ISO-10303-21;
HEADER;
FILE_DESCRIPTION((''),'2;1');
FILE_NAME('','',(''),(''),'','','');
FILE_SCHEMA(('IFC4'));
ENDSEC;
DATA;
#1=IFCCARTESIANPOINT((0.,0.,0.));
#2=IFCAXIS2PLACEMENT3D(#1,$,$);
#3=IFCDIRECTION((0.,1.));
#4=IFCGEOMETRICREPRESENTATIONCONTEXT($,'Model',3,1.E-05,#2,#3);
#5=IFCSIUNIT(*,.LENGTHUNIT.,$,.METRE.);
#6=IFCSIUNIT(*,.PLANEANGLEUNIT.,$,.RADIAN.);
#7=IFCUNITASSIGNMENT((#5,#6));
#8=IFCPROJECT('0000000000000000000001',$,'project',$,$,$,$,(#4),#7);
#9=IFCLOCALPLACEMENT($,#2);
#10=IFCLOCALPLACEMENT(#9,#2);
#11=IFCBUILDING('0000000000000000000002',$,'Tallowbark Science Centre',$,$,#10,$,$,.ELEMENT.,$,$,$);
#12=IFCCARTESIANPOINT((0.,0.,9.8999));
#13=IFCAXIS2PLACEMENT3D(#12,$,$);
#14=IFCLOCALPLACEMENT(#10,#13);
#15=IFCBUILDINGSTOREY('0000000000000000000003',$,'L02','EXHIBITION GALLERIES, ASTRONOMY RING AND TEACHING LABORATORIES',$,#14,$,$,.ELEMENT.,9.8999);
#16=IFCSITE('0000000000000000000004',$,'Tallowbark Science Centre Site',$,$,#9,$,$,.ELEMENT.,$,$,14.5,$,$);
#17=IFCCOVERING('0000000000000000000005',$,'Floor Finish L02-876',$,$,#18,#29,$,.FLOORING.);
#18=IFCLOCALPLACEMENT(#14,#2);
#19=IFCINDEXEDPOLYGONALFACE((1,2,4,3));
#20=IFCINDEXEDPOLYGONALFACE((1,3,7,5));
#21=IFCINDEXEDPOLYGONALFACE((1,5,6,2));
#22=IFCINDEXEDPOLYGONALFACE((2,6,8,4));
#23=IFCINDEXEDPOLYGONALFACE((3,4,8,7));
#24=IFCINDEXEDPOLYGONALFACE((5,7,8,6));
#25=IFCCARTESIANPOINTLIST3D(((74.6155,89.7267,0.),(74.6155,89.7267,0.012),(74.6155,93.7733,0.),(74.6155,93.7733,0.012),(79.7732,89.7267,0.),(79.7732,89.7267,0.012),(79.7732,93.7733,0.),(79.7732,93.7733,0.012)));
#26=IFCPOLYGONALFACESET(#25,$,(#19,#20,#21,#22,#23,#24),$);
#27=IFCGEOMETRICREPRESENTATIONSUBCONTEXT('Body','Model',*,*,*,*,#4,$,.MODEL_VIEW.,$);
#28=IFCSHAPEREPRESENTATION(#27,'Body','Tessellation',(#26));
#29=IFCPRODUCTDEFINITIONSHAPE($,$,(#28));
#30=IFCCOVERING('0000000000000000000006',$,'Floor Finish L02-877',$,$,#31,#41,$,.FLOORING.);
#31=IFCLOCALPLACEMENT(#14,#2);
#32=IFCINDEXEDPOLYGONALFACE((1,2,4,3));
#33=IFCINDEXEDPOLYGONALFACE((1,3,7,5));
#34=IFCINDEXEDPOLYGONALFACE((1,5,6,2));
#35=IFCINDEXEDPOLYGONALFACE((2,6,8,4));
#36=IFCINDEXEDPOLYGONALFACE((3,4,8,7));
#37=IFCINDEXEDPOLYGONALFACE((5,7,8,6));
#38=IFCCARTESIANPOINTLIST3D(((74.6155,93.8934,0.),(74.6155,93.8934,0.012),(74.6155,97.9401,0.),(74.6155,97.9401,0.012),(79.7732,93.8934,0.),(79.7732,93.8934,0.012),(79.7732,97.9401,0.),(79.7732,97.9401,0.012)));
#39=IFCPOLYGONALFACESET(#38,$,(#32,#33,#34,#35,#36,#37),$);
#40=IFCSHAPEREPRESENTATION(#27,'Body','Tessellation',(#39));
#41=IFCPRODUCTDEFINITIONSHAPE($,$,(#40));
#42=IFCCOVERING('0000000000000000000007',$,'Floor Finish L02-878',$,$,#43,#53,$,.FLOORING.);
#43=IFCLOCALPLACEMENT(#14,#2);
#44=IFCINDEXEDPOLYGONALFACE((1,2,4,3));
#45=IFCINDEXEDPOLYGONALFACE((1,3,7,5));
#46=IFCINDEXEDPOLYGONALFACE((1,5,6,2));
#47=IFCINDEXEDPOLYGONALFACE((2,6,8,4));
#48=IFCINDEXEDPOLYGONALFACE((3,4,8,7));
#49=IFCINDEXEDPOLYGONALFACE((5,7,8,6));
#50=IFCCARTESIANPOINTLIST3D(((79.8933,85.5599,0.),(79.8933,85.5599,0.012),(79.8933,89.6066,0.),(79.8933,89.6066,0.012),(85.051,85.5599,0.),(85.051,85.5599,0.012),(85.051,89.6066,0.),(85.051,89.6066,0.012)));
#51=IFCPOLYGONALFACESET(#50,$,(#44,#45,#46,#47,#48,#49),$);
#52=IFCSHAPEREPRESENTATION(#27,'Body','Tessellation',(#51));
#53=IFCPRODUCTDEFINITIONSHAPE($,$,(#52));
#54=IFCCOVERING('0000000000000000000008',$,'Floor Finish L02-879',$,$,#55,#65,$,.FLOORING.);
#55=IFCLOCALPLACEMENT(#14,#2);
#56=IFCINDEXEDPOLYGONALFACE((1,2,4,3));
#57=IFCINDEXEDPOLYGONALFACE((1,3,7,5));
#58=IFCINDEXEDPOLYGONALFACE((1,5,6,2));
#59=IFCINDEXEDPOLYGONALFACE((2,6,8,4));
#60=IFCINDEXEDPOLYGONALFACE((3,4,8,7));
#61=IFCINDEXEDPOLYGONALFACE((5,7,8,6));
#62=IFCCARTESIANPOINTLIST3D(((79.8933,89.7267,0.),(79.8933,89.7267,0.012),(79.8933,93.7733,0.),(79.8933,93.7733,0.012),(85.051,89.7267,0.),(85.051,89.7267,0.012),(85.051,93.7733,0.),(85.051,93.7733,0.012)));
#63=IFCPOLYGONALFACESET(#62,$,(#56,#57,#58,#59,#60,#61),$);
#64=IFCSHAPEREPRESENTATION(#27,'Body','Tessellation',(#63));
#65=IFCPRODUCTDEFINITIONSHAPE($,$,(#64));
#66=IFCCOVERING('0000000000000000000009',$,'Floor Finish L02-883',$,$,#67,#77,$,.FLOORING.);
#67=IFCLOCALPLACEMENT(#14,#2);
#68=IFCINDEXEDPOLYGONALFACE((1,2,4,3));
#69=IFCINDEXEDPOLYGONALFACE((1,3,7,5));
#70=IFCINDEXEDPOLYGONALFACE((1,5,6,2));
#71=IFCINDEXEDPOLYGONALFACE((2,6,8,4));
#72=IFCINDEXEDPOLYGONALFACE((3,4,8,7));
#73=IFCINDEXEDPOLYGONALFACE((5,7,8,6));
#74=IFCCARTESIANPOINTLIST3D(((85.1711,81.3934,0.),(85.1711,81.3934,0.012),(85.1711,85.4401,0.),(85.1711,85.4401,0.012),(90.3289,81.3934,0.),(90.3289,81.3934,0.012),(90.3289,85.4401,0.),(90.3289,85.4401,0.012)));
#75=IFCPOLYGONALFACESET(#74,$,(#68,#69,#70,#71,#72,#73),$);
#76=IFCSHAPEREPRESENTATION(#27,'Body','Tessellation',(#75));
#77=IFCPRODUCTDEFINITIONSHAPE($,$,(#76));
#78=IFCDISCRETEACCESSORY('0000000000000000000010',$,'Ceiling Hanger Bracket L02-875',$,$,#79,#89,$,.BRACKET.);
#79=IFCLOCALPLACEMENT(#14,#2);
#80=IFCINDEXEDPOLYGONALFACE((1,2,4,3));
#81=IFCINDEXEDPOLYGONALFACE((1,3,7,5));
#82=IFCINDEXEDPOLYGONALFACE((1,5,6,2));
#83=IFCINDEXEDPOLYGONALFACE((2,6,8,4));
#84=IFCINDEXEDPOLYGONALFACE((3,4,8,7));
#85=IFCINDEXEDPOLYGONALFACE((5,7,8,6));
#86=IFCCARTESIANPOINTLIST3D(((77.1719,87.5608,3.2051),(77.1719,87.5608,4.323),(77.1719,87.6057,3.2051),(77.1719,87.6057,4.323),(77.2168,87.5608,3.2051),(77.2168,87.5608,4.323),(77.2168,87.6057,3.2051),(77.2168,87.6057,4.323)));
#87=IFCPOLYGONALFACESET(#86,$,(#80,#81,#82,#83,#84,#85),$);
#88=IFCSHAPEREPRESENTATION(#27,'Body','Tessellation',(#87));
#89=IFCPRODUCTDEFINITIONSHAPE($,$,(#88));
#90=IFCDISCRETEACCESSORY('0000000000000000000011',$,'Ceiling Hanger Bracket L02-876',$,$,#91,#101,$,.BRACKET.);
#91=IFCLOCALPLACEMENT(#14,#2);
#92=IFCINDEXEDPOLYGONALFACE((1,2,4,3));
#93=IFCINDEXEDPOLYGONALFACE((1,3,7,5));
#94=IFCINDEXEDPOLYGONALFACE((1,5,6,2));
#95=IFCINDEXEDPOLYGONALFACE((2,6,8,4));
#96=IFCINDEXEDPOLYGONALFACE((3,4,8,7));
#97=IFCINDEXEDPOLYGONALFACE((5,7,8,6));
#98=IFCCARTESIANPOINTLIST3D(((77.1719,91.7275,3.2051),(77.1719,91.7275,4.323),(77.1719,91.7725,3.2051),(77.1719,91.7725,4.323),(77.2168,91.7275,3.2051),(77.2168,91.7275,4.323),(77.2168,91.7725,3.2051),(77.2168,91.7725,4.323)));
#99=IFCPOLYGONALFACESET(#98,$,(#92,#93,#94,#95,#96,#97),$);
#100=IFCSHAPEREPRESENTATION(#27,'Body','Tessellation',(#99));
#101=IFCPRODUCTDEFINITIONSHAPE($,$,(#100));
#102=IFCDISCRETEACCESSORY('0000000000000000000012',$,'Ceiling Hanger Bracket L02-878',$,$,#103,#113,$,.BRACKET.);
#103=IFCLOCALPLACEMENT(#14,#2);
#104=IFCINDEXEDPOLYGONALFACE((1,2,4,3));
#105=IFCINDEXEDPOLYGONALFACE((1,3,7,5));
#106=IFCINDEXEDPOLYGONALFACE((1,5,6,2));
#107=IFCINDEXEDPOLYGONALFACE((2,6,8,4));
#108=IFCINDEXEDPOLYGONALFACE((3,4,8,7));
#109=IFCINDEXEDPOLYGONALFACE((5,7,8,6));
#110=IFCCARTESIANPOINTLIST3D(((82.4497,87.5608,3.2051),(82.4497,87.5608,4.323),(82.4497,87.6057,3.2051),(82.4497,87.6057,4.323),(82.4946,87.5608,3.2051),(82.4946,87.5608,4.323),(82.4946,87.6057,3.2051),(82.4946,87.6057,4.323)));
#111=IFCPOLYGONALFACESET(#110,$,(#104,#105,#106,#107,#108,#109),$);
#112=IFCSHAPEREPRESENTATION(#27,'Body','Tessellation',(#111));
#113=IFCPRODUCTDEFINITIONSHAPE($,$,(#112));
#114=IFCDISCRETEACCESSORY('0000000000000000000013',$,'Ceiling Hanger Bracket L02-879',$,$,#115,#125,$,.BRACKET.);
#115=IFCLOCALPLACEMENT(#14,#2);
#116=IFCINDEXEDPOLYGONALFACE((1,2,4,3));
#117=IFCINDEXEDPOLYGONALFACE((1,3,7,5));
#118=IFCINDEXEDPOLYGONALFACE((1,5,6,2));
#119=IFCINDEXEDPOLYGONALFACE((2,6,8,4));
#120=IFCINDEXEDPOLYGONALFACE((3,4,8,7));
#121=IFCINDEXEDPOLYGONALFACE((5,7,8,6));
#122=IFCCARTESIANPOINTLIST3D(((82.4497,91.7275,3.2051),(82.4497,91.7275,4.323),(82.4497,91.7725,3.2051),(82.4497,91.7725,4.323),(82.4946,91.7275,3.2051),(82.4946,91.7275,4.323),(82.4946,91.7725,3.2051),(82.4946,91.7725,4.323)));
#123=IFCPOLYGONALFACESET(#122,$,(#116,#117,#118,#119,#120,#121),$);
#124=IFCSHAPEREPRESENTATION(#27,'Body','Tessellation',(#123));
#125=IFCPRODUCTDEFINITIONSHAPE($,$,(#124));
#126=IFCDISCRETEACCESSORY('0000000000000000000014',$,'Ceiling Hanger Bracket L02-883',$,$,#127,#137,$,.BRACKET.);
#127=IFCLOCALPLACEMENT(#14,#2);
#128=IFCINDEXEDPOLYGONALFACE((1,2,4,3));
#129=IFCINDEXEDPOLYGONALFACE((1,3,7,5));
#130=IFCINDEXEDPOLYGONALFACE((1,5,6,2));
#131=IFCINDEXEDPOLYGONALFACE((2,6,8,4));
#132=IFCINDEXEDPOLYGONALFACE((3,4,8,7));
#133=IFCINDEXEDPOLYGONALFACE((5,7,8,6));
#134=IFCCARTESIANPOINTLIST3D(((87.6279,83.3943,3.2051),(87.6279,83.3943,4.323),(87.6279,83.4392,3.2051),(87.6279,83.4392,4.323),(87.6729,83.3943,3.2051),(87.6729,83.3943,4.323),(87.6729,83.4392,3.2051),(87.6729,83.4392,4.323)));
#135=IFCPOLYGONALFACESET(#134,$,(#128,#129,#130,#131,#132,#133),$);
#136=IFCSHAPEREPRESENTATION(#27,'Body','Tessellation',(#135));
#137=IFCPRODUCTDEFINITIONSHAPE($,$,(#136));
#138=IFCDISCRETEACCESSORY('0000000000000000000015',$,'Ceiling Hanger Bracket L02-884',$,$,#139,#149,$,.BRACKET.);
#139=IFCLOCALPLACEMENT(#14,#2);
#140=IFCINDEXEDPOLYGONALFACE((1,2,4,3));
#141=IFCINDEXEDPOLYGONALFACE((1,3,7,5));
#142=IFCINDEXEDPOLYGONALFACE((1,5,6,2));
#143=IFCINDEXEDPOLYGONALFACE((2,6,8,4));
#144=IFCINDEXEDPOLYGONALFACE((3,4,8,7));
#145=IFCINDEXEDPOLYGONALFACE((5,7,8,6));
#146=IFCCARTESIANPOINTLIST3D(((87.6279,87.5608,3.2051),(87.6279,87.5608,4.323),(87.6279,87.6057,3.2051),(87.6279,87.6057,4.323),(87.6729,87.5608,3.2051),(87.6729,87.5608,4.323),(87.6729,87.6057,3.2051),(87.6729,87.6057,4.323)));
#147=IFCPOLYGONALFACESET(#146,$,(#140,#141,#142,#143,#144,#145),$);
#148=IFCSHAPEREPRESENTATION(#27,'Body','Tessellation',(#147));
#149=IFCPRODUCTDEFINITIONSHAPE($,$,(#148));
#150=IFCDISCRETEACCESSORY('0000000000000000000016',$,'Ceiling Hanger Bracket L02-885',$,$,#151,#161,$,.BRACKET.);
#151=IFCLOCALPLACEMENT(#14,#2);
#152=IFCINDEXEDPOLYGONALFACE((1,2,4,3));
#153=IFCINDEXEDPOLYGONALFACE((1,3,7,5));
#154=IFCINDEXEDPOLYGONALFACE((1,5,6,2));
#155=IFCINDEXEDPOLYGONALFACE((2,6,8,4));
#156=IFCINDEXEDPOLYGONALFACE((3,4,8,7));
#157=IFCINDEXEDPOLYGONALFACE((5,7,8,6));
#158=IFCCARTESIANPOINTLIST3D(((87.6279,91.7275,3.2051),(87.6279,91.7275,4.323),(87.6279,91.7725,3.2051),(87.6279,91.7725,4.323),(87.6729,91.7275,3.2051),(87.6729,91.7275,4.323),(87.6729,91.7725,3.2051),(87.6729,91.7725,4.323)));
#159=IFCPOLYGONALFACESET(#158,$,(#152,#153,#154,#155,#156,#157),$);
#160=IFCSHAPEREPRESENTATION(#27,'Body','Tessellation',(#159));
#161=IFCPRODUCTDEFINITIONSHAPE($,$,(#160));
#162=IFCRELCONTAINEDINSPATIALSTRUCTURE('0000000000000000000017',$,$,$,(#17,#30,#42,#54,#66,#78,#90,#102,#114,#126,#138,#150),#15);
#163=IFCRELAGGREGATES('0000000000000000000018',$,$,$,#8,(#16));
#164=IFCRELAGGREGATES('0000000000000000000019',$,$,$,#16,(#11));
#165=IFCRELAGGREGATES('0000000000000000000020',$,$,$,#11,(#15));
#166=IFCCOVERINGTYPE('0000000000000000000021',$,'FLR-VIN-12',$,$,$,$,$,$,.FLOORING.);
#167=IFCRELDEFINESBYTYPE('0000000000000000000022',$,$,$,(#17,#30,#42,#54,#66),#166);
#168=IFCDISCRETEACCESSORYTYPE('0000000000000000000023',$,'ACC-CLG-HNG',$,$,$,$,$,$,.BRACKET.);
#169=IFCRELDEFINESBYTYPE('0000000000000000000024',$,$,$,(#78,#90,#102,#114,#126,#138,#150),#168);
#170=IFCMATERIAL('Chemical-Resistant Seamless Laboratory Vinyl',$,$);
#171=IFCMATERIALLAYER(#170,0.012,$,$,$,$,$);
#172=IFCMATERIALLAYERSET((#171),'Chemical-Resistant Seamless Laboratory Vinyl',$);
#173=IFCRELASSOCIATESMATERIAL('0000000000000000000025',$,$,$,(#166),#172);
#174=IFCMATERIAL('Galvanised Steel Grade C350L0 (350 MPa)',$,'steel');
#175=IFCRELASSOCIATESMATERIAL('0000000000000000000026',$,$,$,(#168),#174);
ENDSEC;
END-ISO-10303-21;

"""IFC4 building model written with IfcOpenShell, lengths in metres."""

from ifc_helpers import new_model, si_unit, direction, frame, origin, origin_2d, place, context, subcontext, project, spatial, rectangle, extrude, material, layer, layer_set, type_object, element, save


model = new_model("IFC4")

# Units and contexts
model_context = context("Model", 3, precision=1e-05, world=origin(), true_north=direction((0.0, 1.0)))
body_context = subcontext(model_context, "Body", "Model", "MODEL_VIEW")
ifc_project = project(units=[si_unit("LENGTHUNIT", "METRE"), si_unit("PLANEANGLEUNIT", "RADIAN")], contexts=[model_context])

# Site, building, storey
site_placement = place(None, origin())
site = spatial("IfcSite", under=ifc_project, at=site_placement, Name="Tallowbark Science Centre Site", CompositionType="ELEMENT", RefElevation=14.5)
building_placement = place(site_placement, origin())
building = spatial("IfcBuilding", under=site, at=building_placement, Name="Tallowbark Science Centre", CompositionType="ELEMENT")
storey_placement = place(building_placement, frame((0.0, 0.0, 9.8999)))
storey = spatial("IfcBuildingStorey", under=building, at=storey_placement, Name="L02", Description="EXHIBITION GALLERIES, ASTRONOMY RING AND TEACHING LABORATORIES", CompositionType="ELEMENT", Elevation=9.8999)

# Coverings
ifc_material_1 = material(Name="Chemical-Resistant Seamless Laboratory Vinyl")
ifc_layer_1 = layer(ifc_material_1, 0.012)
ifc_layer_set_1 = layer_set([ifc_layer_1], Name="Chemical-Resistant Seamless Laboratory Vinyl")
covering_type_1 = type_object("IfcCoveringType", Name="FLR-VIN-12", PredefinedType="FLOORING", material=ifc_layer_set_1)
for number, where, z_axis, x_axis, name in (
    (1, (77.1943, 91.75, 0.0), (0.0, 0.0, 1.0), (1.0, 0.0, 0.0), "Floor Finish L02-876"),
    (2, (77.1943, 95.9167, 0.0), (0.0, 0.0, 1.0), (1.0, 0.0, 0.0), "Floor Finish L02-877"),
    (3, (82.4722, 87.5833, 0.0), (0.0, 0.0, 1.0), (1.0, 0.0, 0.0), "Floor Finish L02-878"),
    (4, (82.4722, 91.75, 0.0), (0.0, 0.0, 1.0), (1.0, 0.0, 0.0), "Floor Finish L02-879"),
    (5, (87.75, 83.4167, 0.0), (0.0, 0.0, 1.0), (1.0, 0.0, 0.0), "Floor Finish L02-883"),
):
    element("IfcCovering", number, at=place(storey_placement, frame(where, z_axis=z_axis, x_axis=x_axis)), inside=storey, type_object=covering_type_1, Name=name, PredefinedType="FLOORING", context=body_context, shape_type="SweptSolid", body=[
        extrude(rectangle(XDim=5.1577, YDim=4.0466, at=origin_2d()), origin(), (0.0, 0.0, 1.0), 0.012),
    ])

# Discrete accessories
ifc_material_2 = material(Name="Galvanised Steel Grade C350L0 (350 MPa)", Category="steel")
discrete_accessory_type = type_object("IfcDiscreteAccessoryType", Name="ACC-CLG-HNG", PredefinedType="BRACKET", material=ifc_material_2)
for number, where, z_axis, x_axis, name in (
    (6, (77.1943, 87.5833, 3.2051), (0.0, 0.0, 1.0), (1.0, 0.0, 0.0), "Ceiling Hanger Bracket L02-875"),
    (7, (77.1943, 91.75, 3.2051), (0.0, 0.0, 1.0), (1.0, 0.0, 0.0), "Ceiling Hanger Bracket L02-876"),
    (8, (82.4722, 87.5833, 3.2051), (0.0, 0.0, 1.0), (1.0, 0.0, 0.0), "Ceiling Hanger Bracket L02-878"),
    (9, (82.4722, 91.75, 3.2051), (0.0, 0.0, 1.0), (1.0, 0.0, 0.0), "Ceiling Hanger Bracket L02-879"),
    (10, (87.6504, 83.4167, 3.2051), (0.0, 0.0, 1.0), (1.0, 0.0, 0.0), "Ceiling Hanger Bracket L02-883"),
    (11, (87.6504, 87.5833, 3.2051), (0.0, 0.0, 1.0), (1.0, 0.0, 0.0), "Ceiling Hanger Bracket L02-884"),
    (12, (87.6504, 91.75, 3.2051), (0.0, 0.0, 1.0), (1.0, 0.0, 0.0), "Ceiling Hanger Bracket L02-885"),
):
    element("IfcDiscreteAccessory", number, at=place(storey_placement, frame(where, z_axis=z_axis, x_axis=x_axis)), inside=storey, type_object=discrete_accessory_type, Name=name, PredefinedType="BRACKET", context=body_context, shape_type="SweptSolid", body=[
        extrude(rectangle(XDim=0.0449, YDim=0.0449, at=origin_2d()), origin(), (0.0, 0.0, 1.0), 1.1179),
    ])

save(model, "model.ifc")
